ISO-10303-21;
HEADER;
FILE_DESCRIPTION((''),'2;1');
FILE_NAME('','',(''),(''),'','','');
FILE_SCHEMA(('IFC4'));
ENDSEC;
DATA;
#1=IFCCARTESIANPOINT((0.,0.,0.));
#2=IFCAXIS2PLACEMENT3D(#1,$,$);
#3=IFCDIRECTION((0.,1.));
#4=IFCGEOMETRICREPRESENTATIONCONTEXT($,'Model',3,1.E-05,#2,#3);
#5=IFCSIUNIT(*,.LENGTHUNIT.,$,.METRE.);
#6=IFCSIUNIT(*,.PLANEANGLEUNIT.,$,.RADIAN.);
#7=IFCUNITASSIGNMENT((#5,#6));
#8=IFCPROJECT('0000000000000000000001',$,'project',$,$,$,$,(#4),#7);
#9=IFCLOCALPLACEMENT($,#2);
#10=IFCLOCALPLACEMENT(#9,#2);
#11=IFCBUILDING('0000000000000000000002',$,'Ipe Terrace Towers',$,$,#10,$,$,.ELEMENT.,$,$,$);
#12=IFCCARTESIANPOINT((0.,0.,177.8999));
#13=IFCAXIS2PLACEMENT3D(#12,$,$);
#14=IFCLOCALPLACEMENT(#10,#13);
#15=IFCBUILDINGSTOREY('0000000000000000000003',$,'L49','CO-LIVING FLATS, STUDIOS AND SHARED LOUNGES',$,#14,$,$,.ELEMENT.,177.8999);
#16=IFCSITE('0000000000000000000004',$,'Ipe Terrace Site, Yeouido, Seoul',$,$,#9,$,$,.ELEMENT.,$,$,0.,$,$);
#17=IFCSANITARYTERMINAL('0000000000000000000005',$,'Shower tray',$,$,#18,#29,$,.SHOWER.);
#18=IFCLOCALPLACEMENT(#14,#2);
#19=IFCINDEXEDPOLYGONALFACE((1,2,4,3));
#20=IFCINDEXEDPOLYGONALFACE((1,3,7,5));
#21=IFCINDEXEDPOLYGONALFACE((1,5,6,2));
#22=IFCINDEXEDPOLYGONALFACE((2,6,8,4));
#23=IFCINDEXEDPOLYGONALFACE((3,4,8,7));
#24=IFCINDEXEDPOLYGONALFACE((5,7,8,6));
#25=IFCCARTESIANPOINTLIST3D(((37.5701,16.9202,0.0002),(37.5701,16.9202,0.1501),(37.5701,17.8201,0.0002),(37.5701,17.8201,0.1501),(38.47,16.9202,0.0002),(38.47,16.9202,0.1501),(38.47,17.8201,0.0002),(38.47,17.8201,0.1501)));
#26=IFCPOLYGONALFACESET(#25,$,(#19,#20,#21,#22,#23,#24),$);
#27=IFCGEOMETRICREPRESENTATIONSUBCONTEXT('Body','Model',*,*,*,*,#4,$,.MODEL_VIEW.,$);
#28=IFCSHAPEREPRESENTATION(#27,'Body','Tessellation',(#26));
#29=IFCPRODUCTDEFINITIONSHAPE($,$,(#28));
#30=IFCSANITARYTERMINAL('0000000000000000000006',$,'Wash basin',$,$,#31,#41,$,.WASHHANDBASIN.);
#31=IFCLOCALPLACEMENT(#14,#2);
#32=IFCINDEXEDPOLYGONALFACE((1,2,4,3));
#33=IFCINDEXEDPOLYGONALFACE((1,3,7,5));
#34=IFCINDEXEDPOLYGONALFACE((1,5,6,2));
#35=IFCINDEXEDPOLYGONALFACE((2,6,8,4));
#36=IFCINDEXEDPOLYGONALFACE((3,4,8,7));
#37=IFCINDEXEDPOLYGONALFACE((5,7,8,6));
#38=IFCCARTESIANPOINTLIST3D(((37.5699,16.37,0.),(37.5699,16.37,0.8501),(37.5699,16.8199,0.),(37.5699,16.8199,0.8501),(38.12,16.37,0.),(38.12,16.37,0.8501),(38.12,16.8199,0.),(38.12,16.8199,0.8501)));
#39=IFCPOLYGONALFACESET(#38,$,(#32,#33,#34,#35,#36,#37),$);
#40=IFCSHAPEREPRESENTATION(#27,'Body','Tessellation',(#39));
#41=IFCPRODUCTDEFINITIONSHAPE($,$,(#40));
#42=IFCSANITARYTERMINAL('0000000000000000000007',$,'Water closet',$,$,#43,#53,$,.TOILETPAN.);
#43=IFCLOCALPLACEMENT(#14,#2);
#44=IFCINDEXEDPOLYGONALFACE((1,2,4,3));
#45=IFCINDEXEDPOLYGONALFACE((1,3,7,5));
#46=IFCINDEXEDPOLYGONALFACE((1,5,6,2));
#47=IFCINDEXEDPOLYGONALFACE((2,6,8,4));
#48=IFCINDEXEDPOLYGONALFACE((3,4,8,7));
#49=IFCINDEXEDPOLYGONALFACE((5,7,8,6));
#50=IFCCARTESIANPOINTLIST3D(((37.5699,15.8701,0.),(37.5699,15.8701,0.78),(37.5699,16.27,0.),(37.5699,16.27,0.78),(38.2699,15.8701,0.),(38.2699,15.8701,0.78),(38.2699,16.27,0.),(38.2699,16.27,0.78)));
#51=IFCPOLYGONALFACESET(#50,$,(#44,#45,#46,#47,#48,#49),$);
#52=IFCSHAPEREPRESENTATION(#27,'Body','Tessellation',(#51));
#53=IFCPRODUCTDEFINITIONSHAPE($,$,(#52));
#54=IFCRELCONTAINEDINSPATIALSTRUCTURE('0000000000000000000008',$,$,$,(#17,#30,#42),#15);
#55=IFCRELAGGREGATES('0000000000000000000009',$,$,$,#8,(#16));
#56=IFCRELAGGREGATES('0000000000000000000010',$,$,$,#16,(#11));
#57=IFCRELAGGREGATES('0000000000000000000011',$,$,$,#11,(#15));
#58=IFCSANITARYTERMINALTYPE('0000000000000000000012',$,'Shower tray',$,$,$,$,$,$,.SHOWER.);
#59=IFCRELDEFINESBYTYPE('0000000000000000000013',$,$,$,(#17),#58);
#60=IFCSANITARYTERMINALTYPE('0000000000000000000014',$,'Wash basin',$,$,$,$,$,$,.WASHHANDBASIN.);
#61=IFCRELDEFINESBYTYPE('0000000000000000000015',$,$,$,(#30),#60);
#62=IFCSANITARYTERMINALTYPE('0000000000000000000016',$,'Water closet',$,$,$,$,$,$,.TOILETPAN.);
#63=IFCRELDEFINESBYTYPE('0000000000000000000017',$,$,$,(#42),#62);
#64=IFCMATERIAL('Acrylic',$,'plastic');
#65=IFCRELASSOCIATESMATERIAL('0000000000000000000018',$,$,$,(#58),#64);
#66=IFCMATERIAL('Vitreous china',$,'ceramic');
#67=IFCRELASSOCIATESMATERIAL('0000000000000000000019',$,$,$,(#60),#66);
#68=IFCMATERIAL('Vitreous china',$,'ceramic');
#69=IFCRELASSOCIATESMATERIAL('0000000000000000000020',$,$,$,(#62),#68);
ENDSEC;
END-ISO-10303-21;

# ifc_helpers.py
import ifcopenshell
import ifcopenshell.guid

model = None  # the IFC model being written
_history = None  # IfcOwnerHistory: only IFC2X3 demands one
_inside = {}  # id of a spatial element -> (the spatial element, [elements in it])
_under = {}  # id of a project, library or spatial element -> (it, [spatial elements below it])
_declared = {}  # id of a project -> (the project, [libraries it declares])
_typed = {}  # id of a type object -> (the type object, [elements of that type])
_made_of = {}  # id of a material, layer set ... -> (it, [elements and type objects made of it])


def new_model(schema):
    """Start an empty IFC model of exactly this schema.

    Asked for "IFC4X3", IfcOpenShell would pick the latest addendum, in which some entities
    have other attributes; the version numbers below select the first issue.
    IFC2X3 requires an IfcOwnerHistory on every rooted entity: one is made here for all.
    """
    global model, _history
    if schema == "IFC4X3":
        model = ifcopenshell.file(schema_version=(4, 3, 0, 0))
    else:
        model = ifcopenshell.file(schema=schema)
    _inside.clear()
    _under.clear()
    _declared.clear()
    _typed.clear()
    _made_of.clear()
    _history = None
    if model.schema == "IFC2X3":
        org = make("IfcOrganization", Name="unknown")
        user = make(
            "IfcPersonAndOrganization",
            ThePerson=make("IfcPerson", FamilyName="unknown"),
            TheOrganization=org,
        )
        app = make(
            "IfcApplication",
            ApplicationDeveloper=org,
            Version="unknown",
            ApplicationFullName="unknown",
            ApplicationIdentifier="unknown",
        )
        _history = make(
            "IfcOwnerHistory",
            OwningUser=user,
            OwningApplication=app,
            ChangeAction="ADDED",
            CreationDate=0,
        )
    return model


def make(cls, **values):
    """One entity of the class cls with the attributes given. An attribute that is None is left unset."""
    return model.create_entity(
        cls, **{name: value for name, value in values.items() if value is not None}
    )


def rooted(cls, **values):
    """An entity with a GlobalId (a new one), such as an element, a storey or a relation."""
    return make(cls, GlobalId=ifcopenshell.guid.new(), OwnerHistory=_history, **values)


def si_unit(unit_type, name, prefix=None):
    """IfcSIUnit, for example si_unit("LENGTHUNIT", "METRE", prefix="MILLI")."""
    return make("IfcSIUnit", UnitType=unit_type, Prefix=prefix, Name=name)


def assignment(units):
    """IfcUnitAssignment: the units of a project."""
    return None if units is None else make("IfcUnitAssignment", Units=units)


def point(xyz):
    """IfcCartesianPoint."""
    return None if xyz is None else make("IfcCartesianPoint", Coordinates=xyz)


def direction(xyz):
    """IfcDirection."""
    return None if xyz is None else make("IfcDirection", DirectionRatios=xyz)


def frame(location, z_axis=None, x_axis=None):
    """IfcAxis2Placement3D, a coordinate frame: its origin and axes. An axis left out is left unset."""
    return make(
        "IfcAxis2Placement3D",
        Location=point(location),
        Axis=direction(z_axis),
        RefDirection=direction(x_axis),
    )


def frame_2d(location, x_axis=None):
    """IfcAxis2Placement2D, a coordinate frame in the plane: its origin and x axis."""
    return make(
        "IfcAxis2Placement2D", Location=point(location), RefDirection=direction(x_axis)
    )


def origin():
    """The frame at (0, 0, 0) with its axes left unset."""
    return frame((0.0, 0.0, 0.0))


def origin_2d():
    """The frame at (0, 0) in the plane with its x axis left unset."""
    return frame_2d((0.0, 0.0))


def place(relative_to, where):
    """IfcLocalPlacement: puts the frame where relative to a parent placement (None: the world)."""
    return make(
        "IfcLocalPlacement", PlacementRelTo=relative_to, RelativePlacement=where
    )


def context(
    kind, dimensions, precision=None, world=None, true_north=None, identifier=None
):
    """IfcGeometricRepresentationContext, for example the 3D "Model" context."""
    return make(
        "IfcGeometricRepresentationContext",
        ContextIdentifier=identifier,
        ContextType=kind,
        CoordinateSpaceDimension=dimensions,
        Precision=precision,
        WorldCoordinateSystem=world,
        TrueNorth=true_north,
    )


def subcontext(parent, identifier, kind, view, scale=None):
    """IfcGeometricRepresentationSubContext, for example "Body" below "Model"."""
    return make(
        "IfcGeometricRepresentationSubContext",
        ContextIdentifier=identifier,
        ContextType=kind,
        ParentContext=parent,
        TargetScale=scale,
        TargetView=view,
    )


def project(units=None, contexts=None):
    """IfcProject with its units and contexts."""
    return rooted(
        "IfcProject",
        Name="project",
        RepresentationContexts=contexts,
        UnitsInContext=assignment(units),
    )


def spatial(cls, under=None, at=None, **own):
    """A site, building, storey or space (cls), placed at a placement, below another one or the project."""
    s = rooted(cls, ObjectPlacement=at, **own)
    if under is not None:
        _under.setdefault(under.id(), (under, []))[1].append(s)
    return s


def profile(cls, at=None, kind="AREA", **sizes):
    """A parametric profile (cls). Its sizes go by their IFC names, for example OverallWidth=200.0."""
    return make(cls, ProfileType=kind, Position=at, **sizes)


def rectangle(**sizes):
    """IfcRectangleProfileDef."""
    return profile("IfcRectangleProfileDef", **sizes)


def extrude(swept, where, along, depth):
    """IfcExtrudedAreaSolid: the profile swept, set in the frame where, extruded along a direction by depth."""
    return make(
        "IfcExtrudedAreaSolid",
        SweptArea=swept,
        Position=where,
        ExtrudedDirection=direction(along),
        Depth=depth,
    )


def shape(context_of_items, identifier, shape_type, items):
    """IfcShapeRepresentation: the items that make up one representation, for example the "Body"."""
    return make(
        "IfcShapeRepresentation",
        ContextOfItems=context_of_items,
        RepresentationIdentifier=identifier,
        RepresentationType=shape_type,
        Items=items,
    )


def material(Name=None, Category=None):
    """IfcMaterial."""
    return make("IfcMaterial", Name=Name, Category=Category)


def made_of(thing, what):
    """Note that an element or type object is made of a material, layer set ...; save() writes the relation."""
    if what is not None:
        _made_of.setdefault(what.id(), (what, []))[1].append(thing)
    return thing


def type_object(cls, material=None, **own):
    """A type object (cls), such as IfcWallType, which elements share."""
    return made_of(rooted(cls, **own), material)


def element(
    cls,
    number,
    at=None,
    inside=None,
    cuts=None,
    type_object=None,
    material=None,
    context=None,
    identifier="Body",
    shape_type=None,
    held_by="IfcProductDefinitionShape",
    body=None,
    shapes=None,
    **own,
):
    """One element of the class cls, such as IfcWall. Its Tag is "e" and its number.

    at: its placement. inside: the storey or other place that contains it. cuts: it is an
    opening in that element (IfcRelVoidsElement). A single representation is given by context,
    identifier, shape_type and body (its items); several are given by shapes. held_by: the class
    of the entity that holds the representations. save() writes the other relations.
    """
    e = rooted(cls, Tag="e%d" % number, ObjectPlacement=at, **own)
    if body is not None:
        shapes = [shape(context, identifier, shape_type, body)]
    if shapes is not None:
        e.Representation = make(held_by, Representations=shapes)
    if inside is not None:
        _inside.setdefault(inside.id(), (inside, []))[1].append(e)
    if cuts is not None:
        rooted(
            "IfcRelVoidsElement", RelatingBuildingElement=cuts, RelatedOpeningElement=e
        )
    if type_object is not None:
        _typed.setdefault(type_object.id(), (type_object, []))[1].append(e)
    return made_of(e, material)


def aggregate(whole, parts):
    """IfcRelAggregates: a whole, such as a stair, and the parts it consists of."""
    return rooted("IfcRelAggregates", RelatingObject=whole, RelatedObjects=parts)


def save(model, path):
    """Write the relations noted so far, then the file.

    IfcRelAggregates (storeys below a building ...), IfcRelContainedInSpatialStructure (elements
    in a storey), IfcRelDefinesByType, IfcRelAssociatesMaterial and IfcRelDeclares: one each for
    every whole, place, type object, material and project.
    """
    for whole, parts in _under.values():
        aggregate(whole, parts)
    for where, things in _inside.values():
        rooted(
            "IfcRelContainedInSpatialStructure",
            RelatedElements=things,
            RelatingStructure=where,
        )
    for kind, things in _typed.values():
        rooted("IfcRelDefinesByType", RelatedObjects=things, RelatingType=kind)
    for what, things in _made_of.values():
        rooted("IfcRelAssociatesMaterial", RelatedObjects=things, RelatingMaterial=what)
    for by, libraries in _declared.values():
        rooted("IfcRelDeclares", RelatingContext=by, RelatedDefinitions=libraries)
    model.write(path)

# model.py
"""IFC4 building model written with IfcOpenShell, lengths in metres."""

from ifc_helpers import new_model, si_unit, direction, frame, origin, origin_2d, place, context, subcontext, project, spatial, rectangle, extrude, material, type_object, element, save


model = new_model("IFC4")

# Units and contexts
model_context = context("Model", 3, precision=1e-05, world=origin(), true_north=direction((0.0, 1.0)))
body_context = subcontext(model_context, "Body", "Model", "MODEL_VIEW")
ifc_project = project(units=[si_unit("LENGTHUNIT", "METRE"), si_unit("PLANEANGLEUNIT", "RADIAN")], contexts=[model_context])

# Site, building, storey
site_placement = place(None, origin())
site = spatial("IfcSite", under=ifc_project, at=site_placement, Name="Ipe Terrace Site, Yeouido, Seoul", CompositionType="ELEMENT", RefElevation=0.0)
building_placement = place(site_placement, origin())
building = spatial("IfcBuilding", under=site, at=building_placement, Name="Ipe Terrace Towers", CompositionType="ELEMENT")
storey_placement = place(building_placement, frame((0.0, 0.0, 177.8999)))
storey = spatial("IfcBuildingStorey", under=building, at=storey_placement, Name="L49", Description="CO-LIVING FLATS, STUDIOS AND SHARED LOUNGES", CompositionType="ELEMENT", Elevation=177.8999)

# Sanitary terminals
ifc_material_1 = material(Name="Acrylic", Category="plastic")
sanitary_terminal_type_1 = type_object("IfcSanitaryTerminalType", Name="Shower tray", PredefinedType="SHOWER", material=ifc_material_1)
sanitary_terminal_1_placement = place(storey_placement, frame((38.02, 17.3701, 0.0002), z_axis=(0.0, 0.0, 1.0), x_axis=(1.0, 0.0, 0.0)))
element("IfcSanitaryTerminal", 1, at=sanitary_terminal_1_placement, inside=storey, type_object=sanitary_terminal_type_1, Name="Shower tray", PredefinedType="SHOWER", context=body_context, shape_type="SweptSolid", body=[
    extrude(rectangle(XDim=0.8999, YDim=0.8999, at=origin_2d()), origin(), (0.0, 0.0, 1.0), 0.1499),
])
ifc_material_2 = material(Name="Vitreous china", Category="ceramic")
sanitary_terminal_type_2 = type_object("IfcSanitaryTerminalType", Name="Wash basin", PredefinedType="WASHHANDBASIN", material=ifc_material_2)
sanitary_terminal_2_placement = place(storey_placement, frame((37.845, 16.595, 0.0), z_axis=(0.0, 0.0, 1.0), x_axis=(1.0, 0.0, 0.0)))
element("IfcSanitaryTerminal", 2, at=sanitary_terminal_2_placement, inside=storey, type_object=sanitary_terminal_type_2, Name="Wash basin", PredefinedType="WASHHANDBASIN", context=body_context, shape_type="SweptSolid", body=[
    extrude(rectangle(XDim=0.55, YDim=0.45, at=origin_2d()), origin(), (0.0, 0.0, 1.0), 0.8501),
])
ifc_material_3 = material(Name="Vitreous china", Category="ceramic")
sanitary_terminal_type_3 = type_object("IfcSanitaryTerminalType", Name="Water closet", PredefinedType="TOILETPAN", material=ifc_material_3)
sanitary_terminal_3_placement = place(storey_placement, frame((37.9199, 16.0701, 0.0), z_axis=(0.0, 0.0, 1.0), x_axis=(1.0, 0.0, 0.0)))
element("IfcSanitaryTerminal", 3, at=sanitary_terminal_3_placement, inside=storey, type_object=sanitary_terminal_type_3, Name="Water closet", PredefinedType="TOILETPAN", context=body_context, shape_type="SweptSolid", body=[
    extrude(rectangle(XDim=0.7, YDim=0.3999, at=origin_2d()), origin(), (0.0, 0.0, 1.0), 0.78),
])

save(model, "model.ifc")
